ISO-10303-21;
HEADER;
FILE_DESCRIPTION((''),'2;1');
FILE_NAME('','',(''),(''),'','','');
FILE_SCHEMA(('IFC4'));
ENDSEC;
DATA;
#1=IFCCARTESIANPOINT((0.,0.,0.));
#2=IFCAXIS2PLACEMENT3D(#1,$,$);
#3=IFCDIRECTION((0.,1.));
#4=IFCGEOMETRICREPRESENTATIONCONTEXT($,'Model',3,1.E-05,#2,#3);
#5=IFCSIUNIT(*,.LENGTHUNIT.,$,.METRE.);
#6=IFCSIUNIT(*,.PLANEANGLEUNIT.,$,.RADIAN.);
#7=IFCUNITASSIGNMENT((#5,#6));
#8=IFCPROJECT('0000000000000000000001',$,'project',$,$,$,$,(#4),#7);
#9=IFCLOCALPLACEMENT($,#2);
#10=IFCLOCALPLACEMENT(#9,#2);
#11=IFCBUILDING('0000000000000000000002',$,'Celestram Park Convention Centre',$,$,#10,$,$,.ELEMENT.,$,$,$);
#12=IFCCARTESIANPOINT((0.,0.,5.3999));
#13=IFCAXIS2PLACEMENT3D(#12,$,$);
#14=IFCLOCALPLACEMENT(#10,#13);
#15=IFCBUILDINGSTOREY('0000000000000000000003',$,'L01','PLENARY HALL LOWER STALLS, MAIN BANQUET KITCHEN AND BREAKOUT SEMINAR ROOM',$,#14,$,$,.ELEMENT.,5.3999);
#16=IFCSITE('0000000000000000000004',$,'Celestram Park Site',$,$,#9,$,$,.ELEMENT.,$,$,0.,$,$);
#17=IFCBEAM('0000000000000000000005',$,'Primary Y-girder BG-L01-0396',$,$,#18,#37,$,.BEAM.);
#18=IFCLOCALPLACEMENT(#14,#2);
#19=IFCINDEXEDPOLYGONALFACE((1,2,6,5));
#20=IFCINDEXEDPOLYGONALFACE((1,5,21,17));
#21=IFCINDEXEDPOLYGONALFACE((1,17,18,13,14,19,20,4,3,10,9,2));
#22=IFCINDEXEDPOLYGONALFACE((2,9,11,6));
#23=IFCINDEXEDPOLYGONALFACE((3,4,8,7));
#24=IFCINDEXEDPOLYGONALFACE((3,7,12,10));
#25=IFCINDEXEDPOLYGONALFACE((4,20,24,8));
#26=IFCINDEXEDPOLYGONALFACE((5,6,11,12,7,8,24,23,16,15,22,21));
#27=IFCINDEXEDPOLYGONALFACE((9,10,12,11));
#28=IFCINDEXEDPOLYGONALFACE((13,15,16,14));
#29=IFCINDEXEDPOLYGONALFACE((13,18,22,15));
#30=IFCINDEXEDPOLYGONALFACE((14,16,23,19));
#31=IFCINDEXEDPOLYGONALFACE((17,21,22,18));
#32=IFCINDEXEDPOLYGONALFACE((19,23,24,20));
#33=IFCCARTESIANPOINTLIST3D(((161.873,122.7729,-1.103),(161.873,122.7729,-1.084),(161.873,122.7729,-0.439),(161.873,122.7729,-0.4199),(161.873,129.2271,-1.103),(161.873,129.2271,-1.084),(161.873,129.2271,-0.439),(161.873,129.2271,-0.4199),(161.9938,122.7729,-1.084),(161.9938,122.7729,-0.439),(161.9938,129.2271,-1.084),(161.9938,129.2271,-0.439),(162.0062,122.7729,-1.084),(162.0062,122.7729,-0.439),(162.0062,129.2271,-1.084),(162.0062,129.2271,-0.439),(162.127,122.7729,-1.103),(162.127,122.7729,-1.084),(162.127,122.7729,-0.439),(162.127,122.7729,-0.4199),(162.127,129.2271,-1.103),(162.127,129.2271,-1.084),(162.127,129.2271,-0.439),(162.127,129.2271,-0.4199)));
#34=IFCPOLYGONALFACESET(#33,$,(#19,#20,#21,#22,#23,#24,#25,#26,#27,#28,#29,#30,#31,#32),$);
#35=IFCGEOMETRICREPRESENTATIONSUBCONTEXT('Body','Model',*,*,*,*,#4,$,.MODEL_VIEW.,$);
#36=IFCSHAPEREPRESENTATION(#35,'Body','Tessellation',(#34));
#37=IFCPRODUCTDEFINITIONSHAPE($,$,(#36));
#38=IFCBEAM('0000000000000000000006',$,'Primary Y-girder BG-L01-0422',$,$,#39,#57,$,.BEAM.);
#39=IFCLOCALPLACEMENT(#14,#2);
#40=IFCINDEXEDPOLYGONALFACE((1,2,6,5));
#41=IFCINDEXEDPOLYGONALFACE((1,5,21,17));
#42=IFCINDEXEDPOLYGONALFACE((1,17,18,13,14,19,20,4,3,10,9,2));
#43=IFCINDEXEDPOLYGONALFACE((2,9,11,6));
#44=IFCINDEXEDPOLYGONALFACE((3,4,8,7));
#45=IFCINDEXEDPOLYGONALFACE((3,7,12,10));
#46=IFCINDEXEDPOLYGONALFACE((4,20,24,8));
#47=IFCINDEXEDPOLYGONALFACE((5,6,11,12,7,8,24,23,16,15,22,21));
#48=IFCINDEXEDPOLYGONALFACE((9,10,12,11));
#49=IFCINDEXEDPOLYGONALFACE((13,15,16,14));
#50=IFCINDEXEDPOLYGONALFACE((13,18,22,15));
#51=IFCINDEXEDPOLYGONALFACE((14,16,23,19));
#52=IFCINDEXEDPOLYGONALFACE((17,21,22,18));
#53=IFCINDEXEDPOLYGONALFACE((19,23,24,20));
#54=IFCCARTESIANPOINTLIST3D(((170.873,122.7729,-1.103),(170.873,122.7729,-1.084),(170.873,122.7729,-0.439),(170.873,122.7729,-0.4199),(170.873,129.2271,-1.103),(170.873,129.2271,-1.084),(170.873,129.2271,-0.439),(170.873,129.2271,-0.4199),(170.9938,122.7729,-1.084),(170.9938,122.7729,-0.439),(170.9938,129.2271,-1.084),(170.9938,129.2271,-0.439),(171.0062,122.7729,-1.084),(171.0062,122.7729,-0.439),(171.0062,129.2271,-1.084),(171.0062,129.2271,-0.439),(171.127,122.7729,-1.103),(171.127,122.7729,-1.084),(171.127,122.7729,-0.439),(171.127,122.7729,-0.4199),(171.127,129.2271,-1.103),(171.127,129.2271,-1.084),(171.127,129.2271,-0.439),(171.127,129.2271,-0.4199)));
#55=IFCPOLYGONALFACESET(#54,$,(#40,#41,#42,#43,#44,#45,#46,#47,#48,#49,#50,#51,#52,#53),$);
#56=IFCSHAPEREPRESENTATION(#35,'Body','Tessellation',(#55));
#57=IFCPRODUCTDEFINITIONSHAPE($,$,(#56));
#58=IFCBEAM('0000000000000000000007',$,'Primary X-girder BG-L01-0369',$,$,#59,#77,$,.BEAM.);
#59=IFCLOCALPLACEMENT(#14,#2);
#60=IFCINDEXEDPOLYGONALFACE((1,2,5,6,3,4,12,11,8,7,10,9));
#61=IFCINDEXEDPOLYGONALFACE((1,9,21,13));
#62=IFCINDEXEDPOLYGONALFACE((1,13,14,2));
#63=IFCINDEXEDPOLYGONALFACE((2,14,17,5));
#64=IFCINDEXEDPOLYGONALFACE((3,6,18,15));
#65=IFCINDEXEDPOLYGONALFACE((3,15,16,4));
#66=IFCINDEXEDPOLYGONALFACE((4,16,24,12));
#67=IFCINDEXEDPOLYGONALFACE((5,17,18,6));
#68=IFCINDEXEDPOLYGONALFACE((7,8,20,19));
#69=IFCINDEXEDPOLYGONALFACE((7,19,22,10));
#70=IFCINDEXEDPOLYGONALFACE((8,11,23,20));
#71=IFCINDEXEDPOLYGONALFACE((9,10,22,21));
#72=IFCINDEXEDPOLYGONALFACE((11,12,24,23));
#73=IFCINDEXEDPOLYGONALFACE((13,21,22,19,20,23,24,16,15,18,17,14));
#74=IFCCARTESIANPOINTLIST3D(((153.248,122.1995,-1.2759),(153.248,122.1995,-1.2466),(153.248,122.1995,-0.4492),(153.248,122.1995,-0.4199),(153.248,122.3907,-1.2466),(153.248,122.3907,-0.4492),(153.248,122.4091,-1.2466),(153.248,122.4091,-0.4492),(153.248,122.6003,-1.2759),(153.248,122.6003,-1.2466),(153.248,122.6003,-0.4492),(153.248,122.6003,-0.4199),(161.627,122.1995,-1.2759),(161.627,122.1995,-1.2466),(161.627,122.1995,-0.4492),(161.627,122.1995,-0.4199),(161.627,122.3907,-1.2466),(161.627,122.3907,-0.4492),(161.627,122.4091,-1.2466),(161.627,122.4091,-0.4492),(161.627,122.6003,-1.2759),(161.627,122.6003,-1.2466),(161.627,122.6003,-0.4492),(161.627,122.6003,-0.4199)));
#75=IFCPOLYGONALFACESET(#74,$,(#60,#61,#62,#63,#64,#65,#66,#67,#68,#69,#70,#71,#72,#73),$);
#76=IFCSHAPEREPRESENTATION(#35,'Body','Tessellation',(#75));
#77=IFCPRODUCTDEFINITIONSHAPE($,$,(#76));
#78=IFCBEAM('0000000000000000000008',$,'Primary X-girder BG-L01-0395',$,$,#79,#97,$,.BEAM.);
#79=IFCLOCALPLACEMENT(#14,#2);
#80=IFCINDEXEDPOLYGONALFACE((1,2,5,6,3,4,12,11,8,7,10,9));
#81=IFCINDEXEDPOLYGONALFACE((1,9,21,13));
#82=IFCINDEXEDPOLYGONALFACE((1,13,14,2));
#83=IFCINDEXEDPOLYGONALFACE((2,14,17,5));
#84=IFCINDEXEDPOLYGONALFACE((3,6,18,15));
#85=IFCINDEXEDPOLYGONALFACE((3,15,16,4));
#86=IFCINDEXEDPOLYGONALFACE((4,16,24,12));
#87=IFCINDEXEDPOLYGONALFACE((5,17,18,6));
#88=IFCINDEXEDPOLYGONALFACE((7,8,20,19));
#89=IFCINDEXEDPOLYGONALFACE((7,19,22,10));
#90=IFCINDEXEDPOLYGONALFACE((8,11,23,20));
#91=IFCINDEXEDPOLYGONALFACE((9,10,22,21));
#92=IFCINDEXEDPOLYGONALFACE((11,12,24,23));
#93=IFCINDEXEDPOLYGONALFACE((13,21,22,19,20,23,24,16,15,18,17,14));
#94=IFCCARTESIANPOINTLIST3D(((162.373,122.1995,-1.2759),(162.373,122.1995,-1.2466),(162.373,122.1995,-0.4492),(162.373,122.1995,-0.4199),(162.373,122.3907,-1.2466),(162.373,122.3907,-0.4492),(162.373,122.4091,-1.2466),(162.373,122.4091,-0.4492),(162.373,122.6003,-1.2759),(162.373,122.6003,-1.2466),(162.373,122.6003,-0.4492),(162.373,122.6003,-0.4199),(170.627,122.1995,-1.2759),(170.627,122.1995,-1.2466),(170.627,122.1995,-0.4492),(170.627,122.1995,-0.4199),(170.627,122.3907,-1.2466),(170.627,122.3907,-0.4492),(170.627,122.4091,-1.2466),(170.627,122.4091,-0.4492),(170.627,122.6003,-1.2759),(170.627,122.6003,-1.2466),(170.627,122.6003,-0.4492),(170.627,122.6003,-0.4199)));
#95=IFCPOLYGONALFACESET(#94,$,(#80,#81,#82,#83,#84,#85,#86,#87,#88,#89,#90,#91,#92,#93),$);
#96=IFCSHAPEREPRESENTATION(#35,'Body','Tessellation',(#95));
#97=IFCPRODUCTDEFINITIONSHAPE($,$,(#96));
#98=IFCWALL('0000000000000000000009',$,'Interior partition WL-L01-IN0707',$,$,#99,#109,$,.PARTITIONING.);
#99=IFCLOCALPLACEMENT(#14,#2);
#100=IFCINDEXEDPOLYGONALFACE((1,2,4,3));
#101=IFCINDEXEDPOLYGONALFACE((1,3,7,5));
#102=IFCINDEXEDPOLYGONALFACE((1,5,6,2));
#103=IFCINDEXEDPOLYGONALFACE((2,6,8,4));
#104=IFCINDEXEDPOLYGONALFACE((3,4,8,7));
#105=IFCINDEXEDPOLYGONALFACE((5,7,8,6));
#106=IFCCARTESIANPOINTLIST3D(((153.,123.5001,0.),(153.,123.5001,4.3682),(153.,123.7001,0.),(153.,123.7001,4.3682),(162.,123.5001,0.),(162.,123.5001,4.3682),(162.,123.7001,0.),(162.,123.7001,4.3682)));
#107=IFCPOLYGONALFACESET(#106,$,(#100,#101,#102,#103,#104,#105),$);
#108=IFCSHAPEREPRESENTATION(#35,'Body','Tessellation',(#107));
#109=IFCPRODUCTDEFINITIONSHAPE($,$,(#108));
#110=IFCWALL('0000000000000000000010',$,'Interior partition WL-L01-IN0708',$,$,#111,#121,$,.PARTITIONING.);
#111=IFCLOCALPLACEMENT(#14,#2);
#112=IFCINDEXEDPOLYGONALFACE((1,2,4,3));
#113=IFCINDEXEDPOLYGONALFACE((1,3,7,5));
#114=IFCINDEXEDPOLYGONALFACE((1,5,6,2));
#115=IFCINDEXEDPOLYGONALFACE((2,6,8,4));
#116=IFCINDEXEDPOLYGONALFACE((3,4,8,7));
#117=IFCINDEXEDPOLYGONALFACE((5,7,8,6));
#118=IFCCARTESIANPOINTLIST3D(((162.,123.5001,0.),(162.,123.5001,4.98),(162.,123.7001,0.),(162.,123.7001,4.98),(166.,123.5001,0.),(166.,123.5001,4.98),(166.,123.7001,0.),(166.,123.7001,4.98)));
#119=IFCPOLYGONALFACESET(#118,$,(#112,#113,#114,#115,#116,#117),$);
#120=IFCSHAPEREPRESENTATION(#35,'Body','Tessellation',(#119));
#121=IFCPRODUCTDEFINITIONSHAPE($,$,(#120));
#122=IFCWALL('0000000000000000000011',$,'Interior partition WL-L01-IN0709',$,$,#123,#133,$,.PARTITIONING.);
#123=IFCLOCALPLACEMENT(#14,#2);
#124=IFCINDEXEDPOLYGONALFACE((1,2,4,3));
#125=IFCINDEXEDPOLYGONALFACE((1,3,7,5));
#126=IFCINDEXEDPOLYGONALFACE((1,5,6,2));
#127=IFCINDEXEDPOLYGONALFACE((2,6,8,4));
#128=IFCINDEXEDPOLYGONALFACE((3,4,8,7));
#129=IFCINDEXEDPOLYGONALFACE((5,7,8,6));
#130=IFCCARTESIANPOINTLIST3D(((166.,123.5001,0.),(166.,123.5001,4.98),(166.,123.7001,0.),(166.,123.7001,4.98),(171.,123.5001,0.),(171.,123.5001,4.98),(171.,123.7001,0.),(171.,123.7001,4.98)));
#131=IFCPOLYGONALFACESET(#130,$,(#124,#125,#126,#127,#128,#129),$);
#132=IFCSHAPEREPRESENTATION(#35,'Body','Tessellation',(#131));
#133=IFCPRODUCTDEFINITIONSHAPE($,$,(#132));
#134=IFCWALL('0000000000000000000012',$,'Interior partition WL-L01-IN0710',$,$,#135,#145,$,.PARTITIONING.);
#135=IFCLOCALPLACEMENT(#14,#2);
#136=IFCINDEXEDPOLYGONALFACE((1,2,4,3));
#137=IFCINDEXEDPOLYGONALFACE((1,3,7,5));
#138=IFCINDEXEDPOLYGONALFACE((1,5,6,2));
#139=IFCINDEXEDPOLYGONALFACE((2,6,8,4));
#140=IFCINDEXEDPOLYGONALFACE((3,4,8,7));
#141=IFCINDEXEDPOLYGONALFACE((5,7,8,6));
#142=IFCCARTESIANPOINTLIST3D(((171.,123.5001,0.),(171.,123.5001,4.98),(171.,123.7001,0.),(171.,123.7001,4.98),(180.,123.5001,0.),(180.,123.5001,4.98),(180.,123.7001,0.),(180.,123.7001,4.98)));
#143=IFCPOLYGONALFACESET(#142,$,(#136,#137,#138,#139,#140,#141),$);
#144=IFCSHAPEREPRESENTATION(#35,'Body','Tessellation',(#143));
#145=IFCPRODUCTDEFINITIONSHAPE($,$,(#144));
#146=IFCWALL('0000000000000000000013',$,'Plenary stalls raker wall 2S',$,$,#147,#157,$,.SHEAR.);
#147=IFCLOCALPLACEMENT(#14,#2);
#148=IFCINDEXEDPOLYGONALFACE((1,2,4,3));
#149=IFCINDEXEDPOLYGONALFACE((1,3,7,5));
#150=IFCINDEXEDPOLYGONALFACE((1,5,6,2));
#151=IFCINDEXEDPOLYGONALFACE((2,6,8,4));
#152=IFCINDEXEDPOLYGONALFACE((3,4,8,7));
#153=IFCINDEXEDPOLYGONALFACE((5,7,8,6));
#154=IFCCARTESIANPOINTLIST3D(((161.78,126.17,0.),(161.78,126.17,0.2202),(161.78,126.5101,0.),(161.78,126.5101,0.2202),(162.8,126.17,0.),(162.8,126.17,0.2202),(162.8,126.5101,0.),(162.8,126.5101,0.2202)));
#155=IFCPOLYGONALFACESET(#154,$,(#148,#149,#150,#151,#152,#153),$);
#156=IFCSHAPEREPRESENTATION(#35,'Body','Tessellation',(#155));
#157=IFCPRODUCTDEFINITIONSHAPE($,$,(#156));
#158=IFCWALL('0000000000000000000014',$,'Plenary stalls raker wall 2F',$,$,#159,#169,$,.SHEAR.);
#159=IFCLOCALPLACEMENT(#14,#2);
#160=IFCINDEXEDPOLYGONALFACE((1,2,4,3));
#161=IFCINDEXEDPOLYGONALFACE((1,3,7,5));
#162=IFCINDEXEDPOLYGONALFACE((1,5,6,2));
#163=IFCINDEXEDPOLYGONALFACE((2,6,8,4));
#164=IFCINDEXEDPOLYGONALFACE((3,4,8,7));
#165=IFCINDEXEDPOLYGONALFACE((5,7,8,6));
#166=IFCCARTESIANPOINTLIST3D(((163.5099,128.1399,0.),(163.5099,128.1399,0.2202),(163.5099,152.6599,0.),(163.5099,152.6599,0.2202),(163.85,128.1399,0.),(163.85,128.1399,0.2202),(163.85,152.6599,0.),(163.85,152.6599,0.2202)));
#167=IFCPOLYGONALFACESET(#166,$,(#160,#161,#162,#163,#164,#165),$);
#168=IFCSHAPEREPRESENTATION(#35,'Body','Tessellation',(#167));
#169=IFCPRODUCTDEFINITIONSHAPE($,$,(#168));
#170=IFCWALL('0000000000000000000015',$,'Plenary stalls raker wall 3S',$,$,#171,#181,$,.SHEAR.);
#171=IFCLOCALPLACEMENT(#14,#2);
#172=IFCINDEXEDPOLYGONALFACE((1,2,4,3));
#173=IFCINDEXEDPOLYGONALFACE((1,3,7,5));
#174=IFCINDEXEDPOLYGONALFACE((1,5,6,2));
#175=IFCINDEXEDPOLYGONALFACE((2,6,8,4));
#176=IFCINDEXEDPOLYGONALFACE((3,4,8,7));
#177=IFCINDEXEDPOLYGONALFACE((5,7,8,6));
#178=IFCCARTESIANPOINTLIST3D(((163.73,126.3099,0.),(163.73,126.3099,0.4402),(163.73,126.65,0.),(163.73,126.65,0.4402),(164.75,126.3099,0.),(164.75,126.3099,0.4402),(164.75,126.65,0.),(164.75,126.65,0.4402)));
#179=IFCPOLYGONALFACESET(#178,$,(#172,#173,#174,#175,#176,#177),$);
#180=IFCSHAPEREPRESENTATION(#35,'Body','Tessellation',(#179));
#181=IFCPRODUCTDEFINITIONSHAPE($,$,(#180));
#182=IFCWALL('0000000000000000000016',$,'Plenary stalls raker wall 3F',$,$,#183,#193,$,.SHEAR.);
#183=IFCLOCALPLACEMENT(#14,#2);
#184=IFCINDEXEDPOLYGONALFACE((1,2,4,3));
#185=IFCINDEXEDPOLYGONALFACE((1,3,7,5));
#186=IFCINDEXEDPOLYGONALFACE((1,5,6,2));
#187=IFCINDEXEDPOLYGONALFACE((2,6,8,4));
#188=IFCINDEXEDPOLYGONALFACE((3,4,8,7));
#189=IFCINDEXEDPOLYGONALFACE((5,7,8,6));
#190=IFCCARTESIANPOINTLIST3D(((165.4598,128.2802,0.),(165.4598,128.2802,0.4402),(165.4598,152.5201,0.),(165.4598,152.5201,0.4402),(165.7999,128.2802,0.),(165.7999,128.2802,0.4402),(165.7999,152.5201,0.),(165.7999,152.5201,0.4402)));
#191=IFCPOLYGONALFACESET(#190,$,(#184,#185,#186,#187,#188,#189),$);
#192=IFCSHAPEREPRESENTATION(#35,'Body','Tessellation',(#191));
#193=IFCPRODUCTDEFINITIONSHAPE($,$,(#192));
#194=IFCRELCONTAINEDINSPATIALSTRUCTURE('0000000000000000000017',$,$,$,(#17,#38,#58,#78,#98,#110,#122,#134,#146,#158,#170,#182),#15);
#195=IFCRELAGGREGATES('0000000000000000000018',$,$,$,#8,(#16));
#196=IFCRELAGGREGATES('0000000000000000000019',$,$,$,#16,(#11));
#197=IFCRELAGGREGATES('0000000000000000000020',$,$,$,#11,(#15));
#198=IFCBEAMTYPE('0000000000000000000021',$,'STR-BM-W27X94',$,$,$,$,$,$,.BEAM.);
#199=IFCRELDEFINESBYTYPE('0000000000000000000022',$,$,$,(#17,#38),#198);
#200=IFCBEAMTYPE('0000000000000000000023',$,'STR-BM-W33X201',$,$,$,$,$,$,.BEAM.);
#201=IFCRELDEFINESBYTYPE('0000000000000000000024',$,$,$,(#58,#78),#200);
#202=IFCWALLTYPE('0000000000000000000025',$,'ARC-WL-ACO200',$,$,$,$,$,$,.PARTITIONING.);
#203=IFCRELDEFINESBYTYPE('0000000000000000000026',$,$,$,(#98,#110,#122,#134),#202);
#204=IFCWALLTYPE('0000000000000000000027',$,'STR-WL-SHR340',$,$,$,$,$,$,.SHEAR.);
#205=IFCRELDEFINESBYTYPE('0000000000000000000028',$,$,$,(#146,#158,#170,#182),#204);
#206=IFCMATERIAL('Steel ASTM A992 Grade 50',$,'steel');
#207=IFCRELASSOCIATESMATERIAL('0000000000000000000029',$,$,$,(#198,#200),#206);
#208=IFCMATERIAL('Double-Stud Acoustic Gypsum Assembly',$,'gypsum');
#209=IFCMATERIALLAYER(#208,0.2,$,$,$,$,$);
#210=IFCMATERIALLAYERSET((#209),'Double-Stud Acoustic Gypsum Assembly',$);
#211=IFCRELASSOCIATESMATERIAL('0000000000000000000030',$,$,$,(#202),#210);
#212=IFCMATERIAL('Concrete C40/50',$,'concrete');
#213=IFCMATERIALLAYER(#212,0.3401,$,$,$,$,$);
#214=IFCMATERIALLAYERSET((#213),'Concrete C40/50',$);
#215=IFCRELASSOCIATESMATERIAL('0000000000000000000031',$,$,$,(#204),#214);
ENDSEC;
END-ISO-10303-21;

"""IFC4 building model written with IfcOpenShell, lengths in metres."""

from ifc_helpers import new_model, si_unit, direction, frame, frame_2d, origin, origin_2d, place, context, subcontext, project, spatial, rectangle, i_section, extrude, material, layer, layer_set, material_profile, profile_set, type_object, element, save


model = new_model("IFC4")

# Units and contexts
model_context = context("Model", 3, precision=1e-05, world=origin(), true_north=direction((0.0, 1.0)))
body_context = subcontext(model_context, "Body", "Model", "MODEL_VIEW")
ifc_project = project(units=[si_unit("LENGTHUNIT", "METRE"), si_unit("PLANEANGLEUNIT", "RADIAN")], contexts=[model_context])

# Site, building, storey
site_placement = place(None, origin())
site = spatial("IfcSite", under=ifc_project, at=site_placement, Name="Celestram Park Site", CompositionType="ELEMENT", RefElevation=0.0)
building_placement = place(site_placement, origin())
building = spatial("IfcBuilding", under=site, at=building_placement, Name="Celestram Park Convention Centre", CompositionType="ELEMENT")
storey_placement = place(building_placement, frame((0.0, 0.0, 5.3999)))
storey = spatial("IfcBuildingStorey", under=building, at=storey_placement, Name="L01", Description="PLENARY HALL LOWER STALLS, MAIN BANQUET KITCHEN AND BREAKOUT SEMINAR ROOM", CompositionType="ELEMENT", Elevation=5.3999)

# Beams
ifc_material_1 = material(Name="Steel ASTM A992 Grade 50", Category="steel")
ifc_material_profile_1 = material_profile(ifc_material_1, i_section(OverallWidth=0.2539, OverallDepth=0.6831, WebThickness=0.0125, FlangeThickness=0.019, at=origin_2d()), Name="W27X94")
ifc_profile_set_1 = profile_set([ifc_material_profile_1], Name="Steel ASTM A992 Grade 50")
beam_type_1 = type_object("IfcBeamType", Name="STR-BM-W27X94", PredefinedType="BEAM", material=ifc_profile_set_1)
for number, where, z_axis, x_axis, name in (
    (1, (162.0, 122.7729, -0.7615), (0.0, 1.0, 0.0), (-1.0, 0.0, 0.0), "Primary Y-girder BG-L01-0396"),
    (2, (171.0, 122.7729, -0.7615), (0.0, 1.0, 0.0), (-1.0, 0.0, 0.0), "Primary Y-girder BG-L01-0422"),
):
    element("IfcBeam", number, at=place(storey_placement, frame(where, z_axis=z_axis, x_axis=x_axis)), inside=storey, type_object=beam_type_1, Name=name, PredefinedType="BEAM", context=body_context, shape_type="SweptSolid", body=[
        extrude(i_section(OverallWidth=0.2539, OverallDepth=0.6831, WebThickness=0.0125, FlangeThickness=0.019, at=origin_2d()), origin(), (0.0, 0.0, 1.0), 6.4541),
    ])
ifc_material_profile_2 = material_profile(ifc_material_1, i_section(OverallWidth=0.4009, OverallDepth=0.856, WebThickness=0.0183, FlangeThickness=0.0293, at=origin_2d()), Name="W33X201")
ifc_profile_set_2 = profile_set([ifc_material_profile_2], Name="Steel ASTM A992 Grade 50")
beam_type_2 = type_object("IfcBeamType", Name="STR-BM-W33X201", PredefinedType="BEAM", material=ifc_profile_set_2)
beam_1_placement = place(storey_placement, frame((153.248, 122.3999, -0.8479), z_axis=(1.0, 0.0, 0.0), x_axis=(0.0, 1.0, 0.0)))
element("IfcBeam", 3, at=beam_1_placement, inside=storey, type_object=beam_type_2, Name="Primary X-girder BG-L01-0369", PredefinedType="BEAM", context=body_context, shape_type="SweptSolid", body=[
    extrude(i_section(OverallWidth=0.4009, OverallDepth=0.856, WebThickness=0.0183, FlangeThickness=0.0293, at=origin_2d()), origin(), (0.0, 0.0, 1.0), 8.3789),
])
beam_2_placement = place(storey_placement, frame((162.373, 122.3999, -0.8479), z_axis=(1.0, 0.0, 0.0), x_axis=(0.0, 1.0, 0.0)))
element("IfcBeam", 4, at=beam_2_placement, inside=storey, type_object=beam_type_2, Name="Primary X-girder BG-L01-0395", PredefinedType="BEAM", context=body_context, shape_type="SweptSolid", body=[
    extrude(i_section(OverallWidth=0.4009, OverallDepth=0.856, WebThickness=0.0183, FlangeThickness=0.0293, at=origin_2d()), origin(), (0.0, 0.0, 1.0), 8.2539),
])

# Walls
ifc_material_2 = material(Name="Double-Stud Acoustic Gypsum Assembly", Category="gypsum")
ifc_layer_1 = layer(ifc_material_2, 0.2)
ifc_layer_set_1 = layer_set([ifc_layer_1], Name="Double-Stud Acoustic Gypsum Assembly")
wall_type_1 = type_object("IfcWallType", Name="ARC-WL-ACO200", PredefinedType="PARTITIONING", material=ifc_layer_set_1)
wall_1_placement = place(storey_placement, frame((153.0, 123.6001, 0.0), z_axis=(0.0, 0.0, 1.0), x_axis=(1.0, 0.0, 0.0)))
element("IfcWall", 5, at=wall_1_placement, inside=storey, type_object=wall_type_1, Name="Interior partition WL-L01-IN0707", PredefinedType="PARTITIONING", context=body_context, shape_type="SweptSolid", body=[
    extrude(rectangle(XDim=9.0, YDim=0.2, at=frame_2d((4.5, 0.0))), origin(), (0.0, 0.0, 1.0), 4.3682),
])
wall_2_placement = place(storey_placement, frame((162.0, 123.6001, 0.0), z_axis=(0.0, 0.0, 1.0), x_axis=(1.0, 0.0, 0.0)))
element("IfcWall", 6, at=wall_2_placement, inside=storey, type_object=wall_type_1, Name="Interior partition WL-L01-IN0708", PredefinedType="PARTITIONING", context=body_context, shape_type="SweptSolid", body=[
    extrude(rectangle(XDim=4.0, YDim=0.2, at=frame_2d((2.0, 0.0))), origin(), (0.0, 0.0, 1.0), 4.98),
])
wall_3_placement = place(storey_placement, frame((166.0, 123.6001, 0.0), z_axis=(0.0, 0.0, 1.0), x_axis=(1.0, 0.0, 0.0)))
element("IfcWall", 7, at=wall_3_placement, inside=storey, type_object=wall_type_1, Name="Interior partition WL-L01-IN0709", PredefinedType="PARTITIONING", context=body_context, shape_type="SweptSolid", body=[
    extrude(rectangle(XDim=5.0, YDim=0.2, at=frame_2d((2.5, 0.0))), origin(), (0.0, 0.0, 1.0), 4.98),
])
wall_4_placement = place(storey_placement, frame((171.0, 123.6001, 0.0), z_axis=(0.0, 0.0, 1.0), x_axis=(1.0, 0.0, 0.0)))
element("IfcWall", 8, at=wall_4_placement, inside=storey, type_object=wall_type_1, Name="Interior partition WL-L01-IN0710", PredefinedType="PARTITIONING", context=body_context, shape_type="SweptSolid", body=[
    extrude(rectangle(XDim=9.0, YDim=0.2, at=frame_2d((4.5, 0.0))), origin(), (0.0, 0.0, 1.0), 4.98),
])

# Walls
ifc_material_3 = material(Name="Concrete C40/50", Category="concrete")
ifc_layer_2 = layer(ifc_material_3, 0.3401)
ifc_layer_set_2 = layer_set([ifc_layer_2], Name="Concrete C40/50")
wall_type_2 = type_object("IfcWallType", Name="STR-WL-SHR340", PredefinedType="SHEAR", material=ifc_layer_set_2)
wall_5_placement = place(storey_placement, frame((161.78, 126.3401, 0.0), z_axis=(0.0, 0.0, 1.0), x_axis=(1.0, 0.0, 0.0)))
element("IfcWall", 9, at=wall_5_placement, inside=storey, type_object=wall_type_2, Name="Plenary stalls raker wall 2S", PredefinedType="SHEAR", context=body_context, shape_type="SweptSolid", body=[
    extrude(rectangle(XDim=1.02, YDim=0.3401, at=frame_2d((0.51, 0.0))), origin(), (0.0, 0.0, 1.0), 0.2202),
])
wall_6_placement = place(storey_placement, frame((163.6799, 128.1399, 0.0), z_axis=(0.0, 0.0, 1.0), x_axis=(0.0, 1.0, 0.0)))
element("IfcWall", 10, at=wall_6_placement, inside=storey, type_object=wall_type_2, Name="Plenary stalls raker wall 2F", PredefinedType="SHEAR", context=body_context, shape_type="SweptSolid", body=[
    extrude(rectangle(XDim=24.52, YDim=0.3401, at=frame_2d((12.26, 0.0))), origin(), (0.0, 0.0, 1.0), 0.2202),
])
wall_7_placement = place(storey_placement, frame((163.73, 126.48, 0.0), z_axis=(0.0, 0.0, 1.0), x_axis=(1.0, 0.0, 0.0)))
element("IfcWall", 11, at=wall_7_placement, inside=storey, type_object=wall_type_2, Name="Plenary stalls raker wall 3S", PredefinedType="SHEAR", context=body_context, shape_type="SweptSolid", body=[
    extrude(rectangle(XDim=1.02, YDim=0.3401, at=frame_2d((0.51, 0.0))), origin(), (0.0, 0.0, 1.0), 0.4402),
])
wall_8_placement = place(storey_placement, frame((165.6299, 128.28, 0.0), z_axis=(0.0, 0.0, 1.0), x_axis=(0.0, 1.0, 0.0)))
element("IfcWall", 12, at=wall_8_placement, inside=storey, type_object=wall_type_2, Name="Plenary stalls raker wall 3F", PredefinedType="SHEAR", context=body_context, shape_type="SweptSolid", body=[
    extrude(rectangle(XDim=24.24, YDim=0.3401, at=frame_2d((12.1201, 0.0))), origin(), (0.0, 0.0, 1.0), 0.4402),
])

save(model, "model.ifc")
